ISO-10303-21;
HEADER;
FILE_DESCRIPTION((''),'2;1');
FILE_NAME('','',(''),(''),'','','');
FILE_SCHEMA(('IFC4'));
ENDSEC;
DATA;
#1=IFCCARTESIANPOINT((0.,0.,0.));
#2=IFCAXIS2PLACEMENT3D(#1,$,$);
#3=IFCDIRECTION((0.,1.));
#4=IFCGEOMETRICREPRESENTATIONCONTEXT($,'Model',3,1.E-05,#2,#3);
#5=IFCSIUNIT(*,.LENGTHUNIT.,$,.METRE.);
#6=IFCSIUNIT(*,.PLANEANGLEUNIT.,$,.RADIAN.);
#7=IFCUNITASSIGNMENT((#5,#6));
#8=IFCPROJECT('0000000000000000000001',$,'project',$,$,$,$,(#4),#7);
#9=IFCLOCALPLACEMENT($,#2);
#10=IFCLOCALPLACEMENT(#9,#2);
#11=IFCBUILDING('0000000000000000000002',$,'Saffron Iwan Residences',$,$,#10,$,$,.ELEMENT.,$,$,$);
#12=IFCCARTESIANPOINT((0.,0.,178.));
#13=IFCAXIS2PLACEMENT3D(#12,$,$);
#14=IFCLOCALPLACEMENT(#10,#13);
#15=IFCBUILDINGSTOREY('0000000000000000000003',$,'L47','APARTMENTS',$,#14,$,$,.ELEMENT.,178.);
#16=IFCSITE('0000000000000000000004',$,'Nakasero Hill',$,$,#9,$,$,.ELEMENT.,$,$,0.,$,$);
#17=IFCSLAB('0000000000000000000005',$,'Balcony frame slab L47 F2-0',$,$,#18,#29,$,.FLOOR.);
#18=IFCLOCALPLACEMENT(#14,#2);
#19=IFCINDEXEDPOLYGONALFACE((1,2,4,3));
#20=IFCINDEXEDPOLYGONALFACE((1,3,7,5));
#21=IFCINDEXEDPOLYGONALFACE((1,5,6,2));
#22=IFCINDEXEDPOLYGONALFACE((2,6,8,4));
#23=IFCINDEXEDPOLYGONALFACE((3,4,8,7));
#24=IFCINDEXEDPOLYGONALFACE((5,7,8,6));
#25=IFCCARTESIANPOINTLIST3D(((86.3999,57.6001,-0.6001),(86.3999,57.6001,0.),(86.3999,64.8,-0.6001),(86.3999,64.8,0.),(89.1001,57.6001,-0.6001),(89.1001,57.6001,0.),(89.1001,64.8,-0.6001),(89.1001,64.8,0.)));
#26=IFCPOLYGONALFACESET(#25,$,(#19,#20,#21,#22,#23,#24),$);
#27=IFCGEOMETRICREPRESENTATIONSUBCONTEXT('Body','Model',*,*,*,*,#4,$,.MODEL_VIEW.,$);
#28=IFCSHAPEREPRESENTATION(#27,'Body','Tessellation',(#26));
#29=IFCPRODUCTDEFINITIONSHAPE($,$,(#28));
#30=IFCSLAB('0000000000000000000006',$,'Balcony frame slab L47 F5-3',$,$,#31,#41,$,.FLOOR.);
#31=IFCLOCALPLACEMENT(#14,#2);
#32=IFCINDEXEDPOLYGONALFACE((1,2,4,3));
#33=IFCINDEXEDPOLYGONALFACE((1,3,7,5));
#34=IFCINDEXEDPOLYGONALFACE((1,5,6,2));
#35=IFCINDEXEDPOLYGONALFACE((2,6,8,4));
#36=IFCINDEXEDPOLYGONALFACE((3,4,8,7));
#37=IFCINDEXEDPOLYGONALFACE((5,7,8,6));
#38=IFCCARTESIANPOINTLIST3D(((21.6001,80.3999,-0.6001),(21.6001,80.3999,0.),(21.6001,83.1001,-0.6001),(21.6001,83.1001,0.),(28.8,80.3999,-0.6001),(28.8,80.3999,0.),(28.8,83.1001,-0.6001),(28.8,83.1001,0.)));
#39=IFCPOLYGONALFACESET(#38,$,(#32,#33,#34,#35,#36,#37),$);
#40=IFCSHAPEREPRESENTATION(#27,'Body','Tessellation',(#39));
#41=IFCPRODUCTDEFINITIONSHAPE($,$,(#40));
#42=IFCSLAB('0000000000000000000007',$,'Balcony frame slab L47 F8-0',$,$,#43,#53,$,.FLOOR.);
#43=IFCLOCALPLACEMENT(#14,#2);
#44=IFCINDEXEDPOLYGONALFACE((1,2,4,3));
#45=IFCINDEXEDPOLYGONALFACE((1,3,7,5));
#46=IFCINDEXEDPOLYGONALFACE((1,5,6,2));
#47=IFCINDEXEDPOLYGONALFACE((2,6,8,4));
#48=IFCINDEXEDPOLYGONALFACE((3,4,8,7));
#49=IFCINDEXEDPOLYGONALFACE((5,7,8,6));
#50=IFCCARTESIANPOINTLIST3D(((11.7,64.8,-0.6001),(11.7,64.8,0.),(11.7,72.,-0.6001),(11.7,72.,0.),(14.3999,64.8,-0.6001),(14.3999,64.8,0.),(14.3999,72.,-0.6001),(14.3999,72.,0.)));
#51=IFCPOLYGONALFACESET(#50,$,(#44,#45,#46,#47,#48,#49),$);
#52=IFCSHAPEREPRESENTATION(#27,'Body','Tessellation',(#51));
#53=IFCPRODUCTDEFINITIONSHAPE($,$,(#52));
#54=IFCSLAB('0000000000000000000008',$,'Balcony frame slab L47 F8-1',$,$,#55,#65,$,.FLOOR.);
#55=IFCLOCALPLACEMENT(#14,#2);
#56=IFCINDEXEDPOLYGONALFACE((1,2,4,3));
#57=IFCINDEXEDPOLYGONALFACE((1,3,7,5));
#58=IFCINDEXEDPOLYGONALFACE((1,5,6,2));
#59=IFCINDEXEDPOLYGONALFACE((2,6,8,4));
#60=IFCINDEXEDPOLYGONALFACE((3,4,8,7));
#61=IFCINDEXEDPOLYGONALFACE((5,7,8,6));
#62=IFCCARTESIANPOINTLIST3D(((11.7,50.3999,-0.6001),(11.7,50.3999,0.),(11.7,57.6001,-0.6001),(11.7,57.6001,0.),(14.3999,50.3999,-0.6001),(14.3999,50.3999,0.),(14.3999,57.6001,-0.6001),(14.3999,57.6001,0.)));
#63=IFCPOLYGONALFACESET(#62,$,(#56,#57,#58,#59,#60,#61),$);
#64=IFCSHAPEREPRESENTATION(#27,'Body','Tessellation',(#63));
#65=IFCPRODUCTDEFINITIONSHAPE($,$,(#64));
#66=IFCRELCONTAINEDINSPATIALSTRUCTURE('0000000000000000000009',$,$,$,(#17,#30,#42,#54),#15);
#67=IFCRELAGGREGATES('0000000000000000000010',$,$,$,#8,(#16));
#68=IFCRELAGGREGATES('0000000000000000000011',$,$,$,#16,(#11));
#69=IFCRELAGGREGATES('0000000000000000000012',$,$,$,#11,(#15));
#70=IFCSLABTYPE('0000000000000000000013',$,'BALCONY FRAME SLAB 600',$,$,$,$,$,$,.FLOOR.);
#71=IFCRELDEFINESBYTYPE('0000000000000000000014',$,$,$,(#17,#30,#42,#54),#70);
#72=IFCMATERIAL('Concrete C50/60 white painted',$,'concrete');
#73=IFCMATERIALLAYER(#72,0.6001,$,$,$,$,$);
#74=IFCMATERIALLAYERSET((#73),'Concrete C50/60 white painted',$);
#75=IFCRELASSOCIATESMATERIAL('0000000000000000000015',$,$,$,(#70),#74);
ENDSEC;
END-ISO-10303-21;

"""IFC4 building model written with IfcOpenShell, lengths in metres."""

from ifc_helpers import new_model, si_unit, direction, frame, origin, place, context, subcontext, project, spatial, polyline, outline, extrude, material, layer, layer_set, type_object, element, save


model = new_model("IFC4")

# Units and contexts
model_context = context("Model", 3, precision=1e-05, world=origin(), true_north=direction((0.0, 1.0)))
body_context = subcontext(model_context, "Body", "Model", "MODEL_VIEW")
ifc_project = project(units=[si_unit("LENGTHUNIT", "METRE"), si_unit("PLANEANGLEUNIT", "RADIAN")], contexts=[model_context])

# Site, building, storey
site_placement = place(None, origin())
site = spatial("IfcSite", under=ifc_project, at=site_placement, Name="Nakasero Hill", CompositionType="ELEMENT", RefElevation=0.0)
building_placement = place(site_placement, origin())
building = spatial("IfcBuilding", under=site, at=building_placement, Name="Saffron Iwan Residences", CompositionType="ELEMENT")
storey_placement = place(building_placement, frame((0.0, 0.0, 178.0)))
storey = spatial("IfcBuildingStorey", under=building, at=storey_placement, Name="L47", Description="APARTMENTS", CompositionType="ELEMENT", Elevation=178.0)

# Slabs
ifc_material_1 = material(Name="Concrete C50/60 white painted", Category="concrete")
ifc_layer_1 = layer(ifc_material_1, 0.6001)
ifc_layer_set_1 = layer_set([ifc_layer_1], Name="Concrete C50/60 white painted")
slab_type_1 = type_object("IfcSlabType", Name="BALCONY FRAME SLAB 600", PredefinedType="FLOOR", material=ifc_layer_set_1)
slab_1_placement = place(storey_placement, frame((0.0, 0.0, -0.6001)))
element("IfcSlab", 1, at=slab_1_placement, inside=storey, type_object=slab_type_1, Name="Balcony frame slab L47 F2-0", PredefinedType="FLOOR", context=body_context, shape_type="SweptSolid", body=[
    extrude(outline(polyline([(89.1001, 57.6001), (89.1001, 64.8), (86.3999, 64.8), (86.3999, 57.6001), (89.1001, 57.6001)])), origin(), (0.0, 0.0, 1.0), 0.6001),
])
slab_2_placement = place(storey_placement, frame((0.0, 0.0, -0.6001)))
element("IfcSlab", 2, at=slab_2_placement, inside=storey, type_object=slab_type_1, Name="Balcony frame slab L47 F5-3", PredefinedType="FLOOR", context=body_context, shape_type="SweptSolid", body=[
    extrude(outline(polyline([(28.8, 83.1001), (21.6001, 83.1001), (21.6001, 80.3999), (28.8, 80.3999), (28.8, 83.1001)])), origin(), (0.0, 0.0, 1.0), 0.6001),
])
slab_3_placement = place(storey_placement, frame((0.0, 0.0, -0.6001)))
element("IfcSlab", 3, at=slab_3_placement, inside=storey, type_object=slab_type_1, Name="Balcony frame slab L47 F8-0", PredefinedType="FLOOR", context=body_context, shape_type="SweptSolid", body=[
    extrude(outline(polyline([(11.7, 72.0), (11.7, 64.8), (14.3999, 64.8), (14.3999, 72.0), (11.7, 72.0)])), origin(), (0.0, 0.0, 1.0), 0.6001),
])
slab_4_placement = place(storey_placement, frame((0.0, 0.0, -0.6001)))
element("IfcSlab", 4, at=slab_4_placement, inside=storey, type_object=slab_type_1, Name="Balcony frame slab L47 F8-1", PredefinedType="FLOOR", context=body_context, shape_type="SweptSolid", body=[
    extrude(outline(polyline([(11.7, 57.6001), (11.7, 50.3999), (14.3999, 50.3999), (14.3999, 57.6001), (11.7, 57.6001)])), origin(), (0.0, 0.0, 1.0), 0.6001),
])

save(model, "model.ifc")
